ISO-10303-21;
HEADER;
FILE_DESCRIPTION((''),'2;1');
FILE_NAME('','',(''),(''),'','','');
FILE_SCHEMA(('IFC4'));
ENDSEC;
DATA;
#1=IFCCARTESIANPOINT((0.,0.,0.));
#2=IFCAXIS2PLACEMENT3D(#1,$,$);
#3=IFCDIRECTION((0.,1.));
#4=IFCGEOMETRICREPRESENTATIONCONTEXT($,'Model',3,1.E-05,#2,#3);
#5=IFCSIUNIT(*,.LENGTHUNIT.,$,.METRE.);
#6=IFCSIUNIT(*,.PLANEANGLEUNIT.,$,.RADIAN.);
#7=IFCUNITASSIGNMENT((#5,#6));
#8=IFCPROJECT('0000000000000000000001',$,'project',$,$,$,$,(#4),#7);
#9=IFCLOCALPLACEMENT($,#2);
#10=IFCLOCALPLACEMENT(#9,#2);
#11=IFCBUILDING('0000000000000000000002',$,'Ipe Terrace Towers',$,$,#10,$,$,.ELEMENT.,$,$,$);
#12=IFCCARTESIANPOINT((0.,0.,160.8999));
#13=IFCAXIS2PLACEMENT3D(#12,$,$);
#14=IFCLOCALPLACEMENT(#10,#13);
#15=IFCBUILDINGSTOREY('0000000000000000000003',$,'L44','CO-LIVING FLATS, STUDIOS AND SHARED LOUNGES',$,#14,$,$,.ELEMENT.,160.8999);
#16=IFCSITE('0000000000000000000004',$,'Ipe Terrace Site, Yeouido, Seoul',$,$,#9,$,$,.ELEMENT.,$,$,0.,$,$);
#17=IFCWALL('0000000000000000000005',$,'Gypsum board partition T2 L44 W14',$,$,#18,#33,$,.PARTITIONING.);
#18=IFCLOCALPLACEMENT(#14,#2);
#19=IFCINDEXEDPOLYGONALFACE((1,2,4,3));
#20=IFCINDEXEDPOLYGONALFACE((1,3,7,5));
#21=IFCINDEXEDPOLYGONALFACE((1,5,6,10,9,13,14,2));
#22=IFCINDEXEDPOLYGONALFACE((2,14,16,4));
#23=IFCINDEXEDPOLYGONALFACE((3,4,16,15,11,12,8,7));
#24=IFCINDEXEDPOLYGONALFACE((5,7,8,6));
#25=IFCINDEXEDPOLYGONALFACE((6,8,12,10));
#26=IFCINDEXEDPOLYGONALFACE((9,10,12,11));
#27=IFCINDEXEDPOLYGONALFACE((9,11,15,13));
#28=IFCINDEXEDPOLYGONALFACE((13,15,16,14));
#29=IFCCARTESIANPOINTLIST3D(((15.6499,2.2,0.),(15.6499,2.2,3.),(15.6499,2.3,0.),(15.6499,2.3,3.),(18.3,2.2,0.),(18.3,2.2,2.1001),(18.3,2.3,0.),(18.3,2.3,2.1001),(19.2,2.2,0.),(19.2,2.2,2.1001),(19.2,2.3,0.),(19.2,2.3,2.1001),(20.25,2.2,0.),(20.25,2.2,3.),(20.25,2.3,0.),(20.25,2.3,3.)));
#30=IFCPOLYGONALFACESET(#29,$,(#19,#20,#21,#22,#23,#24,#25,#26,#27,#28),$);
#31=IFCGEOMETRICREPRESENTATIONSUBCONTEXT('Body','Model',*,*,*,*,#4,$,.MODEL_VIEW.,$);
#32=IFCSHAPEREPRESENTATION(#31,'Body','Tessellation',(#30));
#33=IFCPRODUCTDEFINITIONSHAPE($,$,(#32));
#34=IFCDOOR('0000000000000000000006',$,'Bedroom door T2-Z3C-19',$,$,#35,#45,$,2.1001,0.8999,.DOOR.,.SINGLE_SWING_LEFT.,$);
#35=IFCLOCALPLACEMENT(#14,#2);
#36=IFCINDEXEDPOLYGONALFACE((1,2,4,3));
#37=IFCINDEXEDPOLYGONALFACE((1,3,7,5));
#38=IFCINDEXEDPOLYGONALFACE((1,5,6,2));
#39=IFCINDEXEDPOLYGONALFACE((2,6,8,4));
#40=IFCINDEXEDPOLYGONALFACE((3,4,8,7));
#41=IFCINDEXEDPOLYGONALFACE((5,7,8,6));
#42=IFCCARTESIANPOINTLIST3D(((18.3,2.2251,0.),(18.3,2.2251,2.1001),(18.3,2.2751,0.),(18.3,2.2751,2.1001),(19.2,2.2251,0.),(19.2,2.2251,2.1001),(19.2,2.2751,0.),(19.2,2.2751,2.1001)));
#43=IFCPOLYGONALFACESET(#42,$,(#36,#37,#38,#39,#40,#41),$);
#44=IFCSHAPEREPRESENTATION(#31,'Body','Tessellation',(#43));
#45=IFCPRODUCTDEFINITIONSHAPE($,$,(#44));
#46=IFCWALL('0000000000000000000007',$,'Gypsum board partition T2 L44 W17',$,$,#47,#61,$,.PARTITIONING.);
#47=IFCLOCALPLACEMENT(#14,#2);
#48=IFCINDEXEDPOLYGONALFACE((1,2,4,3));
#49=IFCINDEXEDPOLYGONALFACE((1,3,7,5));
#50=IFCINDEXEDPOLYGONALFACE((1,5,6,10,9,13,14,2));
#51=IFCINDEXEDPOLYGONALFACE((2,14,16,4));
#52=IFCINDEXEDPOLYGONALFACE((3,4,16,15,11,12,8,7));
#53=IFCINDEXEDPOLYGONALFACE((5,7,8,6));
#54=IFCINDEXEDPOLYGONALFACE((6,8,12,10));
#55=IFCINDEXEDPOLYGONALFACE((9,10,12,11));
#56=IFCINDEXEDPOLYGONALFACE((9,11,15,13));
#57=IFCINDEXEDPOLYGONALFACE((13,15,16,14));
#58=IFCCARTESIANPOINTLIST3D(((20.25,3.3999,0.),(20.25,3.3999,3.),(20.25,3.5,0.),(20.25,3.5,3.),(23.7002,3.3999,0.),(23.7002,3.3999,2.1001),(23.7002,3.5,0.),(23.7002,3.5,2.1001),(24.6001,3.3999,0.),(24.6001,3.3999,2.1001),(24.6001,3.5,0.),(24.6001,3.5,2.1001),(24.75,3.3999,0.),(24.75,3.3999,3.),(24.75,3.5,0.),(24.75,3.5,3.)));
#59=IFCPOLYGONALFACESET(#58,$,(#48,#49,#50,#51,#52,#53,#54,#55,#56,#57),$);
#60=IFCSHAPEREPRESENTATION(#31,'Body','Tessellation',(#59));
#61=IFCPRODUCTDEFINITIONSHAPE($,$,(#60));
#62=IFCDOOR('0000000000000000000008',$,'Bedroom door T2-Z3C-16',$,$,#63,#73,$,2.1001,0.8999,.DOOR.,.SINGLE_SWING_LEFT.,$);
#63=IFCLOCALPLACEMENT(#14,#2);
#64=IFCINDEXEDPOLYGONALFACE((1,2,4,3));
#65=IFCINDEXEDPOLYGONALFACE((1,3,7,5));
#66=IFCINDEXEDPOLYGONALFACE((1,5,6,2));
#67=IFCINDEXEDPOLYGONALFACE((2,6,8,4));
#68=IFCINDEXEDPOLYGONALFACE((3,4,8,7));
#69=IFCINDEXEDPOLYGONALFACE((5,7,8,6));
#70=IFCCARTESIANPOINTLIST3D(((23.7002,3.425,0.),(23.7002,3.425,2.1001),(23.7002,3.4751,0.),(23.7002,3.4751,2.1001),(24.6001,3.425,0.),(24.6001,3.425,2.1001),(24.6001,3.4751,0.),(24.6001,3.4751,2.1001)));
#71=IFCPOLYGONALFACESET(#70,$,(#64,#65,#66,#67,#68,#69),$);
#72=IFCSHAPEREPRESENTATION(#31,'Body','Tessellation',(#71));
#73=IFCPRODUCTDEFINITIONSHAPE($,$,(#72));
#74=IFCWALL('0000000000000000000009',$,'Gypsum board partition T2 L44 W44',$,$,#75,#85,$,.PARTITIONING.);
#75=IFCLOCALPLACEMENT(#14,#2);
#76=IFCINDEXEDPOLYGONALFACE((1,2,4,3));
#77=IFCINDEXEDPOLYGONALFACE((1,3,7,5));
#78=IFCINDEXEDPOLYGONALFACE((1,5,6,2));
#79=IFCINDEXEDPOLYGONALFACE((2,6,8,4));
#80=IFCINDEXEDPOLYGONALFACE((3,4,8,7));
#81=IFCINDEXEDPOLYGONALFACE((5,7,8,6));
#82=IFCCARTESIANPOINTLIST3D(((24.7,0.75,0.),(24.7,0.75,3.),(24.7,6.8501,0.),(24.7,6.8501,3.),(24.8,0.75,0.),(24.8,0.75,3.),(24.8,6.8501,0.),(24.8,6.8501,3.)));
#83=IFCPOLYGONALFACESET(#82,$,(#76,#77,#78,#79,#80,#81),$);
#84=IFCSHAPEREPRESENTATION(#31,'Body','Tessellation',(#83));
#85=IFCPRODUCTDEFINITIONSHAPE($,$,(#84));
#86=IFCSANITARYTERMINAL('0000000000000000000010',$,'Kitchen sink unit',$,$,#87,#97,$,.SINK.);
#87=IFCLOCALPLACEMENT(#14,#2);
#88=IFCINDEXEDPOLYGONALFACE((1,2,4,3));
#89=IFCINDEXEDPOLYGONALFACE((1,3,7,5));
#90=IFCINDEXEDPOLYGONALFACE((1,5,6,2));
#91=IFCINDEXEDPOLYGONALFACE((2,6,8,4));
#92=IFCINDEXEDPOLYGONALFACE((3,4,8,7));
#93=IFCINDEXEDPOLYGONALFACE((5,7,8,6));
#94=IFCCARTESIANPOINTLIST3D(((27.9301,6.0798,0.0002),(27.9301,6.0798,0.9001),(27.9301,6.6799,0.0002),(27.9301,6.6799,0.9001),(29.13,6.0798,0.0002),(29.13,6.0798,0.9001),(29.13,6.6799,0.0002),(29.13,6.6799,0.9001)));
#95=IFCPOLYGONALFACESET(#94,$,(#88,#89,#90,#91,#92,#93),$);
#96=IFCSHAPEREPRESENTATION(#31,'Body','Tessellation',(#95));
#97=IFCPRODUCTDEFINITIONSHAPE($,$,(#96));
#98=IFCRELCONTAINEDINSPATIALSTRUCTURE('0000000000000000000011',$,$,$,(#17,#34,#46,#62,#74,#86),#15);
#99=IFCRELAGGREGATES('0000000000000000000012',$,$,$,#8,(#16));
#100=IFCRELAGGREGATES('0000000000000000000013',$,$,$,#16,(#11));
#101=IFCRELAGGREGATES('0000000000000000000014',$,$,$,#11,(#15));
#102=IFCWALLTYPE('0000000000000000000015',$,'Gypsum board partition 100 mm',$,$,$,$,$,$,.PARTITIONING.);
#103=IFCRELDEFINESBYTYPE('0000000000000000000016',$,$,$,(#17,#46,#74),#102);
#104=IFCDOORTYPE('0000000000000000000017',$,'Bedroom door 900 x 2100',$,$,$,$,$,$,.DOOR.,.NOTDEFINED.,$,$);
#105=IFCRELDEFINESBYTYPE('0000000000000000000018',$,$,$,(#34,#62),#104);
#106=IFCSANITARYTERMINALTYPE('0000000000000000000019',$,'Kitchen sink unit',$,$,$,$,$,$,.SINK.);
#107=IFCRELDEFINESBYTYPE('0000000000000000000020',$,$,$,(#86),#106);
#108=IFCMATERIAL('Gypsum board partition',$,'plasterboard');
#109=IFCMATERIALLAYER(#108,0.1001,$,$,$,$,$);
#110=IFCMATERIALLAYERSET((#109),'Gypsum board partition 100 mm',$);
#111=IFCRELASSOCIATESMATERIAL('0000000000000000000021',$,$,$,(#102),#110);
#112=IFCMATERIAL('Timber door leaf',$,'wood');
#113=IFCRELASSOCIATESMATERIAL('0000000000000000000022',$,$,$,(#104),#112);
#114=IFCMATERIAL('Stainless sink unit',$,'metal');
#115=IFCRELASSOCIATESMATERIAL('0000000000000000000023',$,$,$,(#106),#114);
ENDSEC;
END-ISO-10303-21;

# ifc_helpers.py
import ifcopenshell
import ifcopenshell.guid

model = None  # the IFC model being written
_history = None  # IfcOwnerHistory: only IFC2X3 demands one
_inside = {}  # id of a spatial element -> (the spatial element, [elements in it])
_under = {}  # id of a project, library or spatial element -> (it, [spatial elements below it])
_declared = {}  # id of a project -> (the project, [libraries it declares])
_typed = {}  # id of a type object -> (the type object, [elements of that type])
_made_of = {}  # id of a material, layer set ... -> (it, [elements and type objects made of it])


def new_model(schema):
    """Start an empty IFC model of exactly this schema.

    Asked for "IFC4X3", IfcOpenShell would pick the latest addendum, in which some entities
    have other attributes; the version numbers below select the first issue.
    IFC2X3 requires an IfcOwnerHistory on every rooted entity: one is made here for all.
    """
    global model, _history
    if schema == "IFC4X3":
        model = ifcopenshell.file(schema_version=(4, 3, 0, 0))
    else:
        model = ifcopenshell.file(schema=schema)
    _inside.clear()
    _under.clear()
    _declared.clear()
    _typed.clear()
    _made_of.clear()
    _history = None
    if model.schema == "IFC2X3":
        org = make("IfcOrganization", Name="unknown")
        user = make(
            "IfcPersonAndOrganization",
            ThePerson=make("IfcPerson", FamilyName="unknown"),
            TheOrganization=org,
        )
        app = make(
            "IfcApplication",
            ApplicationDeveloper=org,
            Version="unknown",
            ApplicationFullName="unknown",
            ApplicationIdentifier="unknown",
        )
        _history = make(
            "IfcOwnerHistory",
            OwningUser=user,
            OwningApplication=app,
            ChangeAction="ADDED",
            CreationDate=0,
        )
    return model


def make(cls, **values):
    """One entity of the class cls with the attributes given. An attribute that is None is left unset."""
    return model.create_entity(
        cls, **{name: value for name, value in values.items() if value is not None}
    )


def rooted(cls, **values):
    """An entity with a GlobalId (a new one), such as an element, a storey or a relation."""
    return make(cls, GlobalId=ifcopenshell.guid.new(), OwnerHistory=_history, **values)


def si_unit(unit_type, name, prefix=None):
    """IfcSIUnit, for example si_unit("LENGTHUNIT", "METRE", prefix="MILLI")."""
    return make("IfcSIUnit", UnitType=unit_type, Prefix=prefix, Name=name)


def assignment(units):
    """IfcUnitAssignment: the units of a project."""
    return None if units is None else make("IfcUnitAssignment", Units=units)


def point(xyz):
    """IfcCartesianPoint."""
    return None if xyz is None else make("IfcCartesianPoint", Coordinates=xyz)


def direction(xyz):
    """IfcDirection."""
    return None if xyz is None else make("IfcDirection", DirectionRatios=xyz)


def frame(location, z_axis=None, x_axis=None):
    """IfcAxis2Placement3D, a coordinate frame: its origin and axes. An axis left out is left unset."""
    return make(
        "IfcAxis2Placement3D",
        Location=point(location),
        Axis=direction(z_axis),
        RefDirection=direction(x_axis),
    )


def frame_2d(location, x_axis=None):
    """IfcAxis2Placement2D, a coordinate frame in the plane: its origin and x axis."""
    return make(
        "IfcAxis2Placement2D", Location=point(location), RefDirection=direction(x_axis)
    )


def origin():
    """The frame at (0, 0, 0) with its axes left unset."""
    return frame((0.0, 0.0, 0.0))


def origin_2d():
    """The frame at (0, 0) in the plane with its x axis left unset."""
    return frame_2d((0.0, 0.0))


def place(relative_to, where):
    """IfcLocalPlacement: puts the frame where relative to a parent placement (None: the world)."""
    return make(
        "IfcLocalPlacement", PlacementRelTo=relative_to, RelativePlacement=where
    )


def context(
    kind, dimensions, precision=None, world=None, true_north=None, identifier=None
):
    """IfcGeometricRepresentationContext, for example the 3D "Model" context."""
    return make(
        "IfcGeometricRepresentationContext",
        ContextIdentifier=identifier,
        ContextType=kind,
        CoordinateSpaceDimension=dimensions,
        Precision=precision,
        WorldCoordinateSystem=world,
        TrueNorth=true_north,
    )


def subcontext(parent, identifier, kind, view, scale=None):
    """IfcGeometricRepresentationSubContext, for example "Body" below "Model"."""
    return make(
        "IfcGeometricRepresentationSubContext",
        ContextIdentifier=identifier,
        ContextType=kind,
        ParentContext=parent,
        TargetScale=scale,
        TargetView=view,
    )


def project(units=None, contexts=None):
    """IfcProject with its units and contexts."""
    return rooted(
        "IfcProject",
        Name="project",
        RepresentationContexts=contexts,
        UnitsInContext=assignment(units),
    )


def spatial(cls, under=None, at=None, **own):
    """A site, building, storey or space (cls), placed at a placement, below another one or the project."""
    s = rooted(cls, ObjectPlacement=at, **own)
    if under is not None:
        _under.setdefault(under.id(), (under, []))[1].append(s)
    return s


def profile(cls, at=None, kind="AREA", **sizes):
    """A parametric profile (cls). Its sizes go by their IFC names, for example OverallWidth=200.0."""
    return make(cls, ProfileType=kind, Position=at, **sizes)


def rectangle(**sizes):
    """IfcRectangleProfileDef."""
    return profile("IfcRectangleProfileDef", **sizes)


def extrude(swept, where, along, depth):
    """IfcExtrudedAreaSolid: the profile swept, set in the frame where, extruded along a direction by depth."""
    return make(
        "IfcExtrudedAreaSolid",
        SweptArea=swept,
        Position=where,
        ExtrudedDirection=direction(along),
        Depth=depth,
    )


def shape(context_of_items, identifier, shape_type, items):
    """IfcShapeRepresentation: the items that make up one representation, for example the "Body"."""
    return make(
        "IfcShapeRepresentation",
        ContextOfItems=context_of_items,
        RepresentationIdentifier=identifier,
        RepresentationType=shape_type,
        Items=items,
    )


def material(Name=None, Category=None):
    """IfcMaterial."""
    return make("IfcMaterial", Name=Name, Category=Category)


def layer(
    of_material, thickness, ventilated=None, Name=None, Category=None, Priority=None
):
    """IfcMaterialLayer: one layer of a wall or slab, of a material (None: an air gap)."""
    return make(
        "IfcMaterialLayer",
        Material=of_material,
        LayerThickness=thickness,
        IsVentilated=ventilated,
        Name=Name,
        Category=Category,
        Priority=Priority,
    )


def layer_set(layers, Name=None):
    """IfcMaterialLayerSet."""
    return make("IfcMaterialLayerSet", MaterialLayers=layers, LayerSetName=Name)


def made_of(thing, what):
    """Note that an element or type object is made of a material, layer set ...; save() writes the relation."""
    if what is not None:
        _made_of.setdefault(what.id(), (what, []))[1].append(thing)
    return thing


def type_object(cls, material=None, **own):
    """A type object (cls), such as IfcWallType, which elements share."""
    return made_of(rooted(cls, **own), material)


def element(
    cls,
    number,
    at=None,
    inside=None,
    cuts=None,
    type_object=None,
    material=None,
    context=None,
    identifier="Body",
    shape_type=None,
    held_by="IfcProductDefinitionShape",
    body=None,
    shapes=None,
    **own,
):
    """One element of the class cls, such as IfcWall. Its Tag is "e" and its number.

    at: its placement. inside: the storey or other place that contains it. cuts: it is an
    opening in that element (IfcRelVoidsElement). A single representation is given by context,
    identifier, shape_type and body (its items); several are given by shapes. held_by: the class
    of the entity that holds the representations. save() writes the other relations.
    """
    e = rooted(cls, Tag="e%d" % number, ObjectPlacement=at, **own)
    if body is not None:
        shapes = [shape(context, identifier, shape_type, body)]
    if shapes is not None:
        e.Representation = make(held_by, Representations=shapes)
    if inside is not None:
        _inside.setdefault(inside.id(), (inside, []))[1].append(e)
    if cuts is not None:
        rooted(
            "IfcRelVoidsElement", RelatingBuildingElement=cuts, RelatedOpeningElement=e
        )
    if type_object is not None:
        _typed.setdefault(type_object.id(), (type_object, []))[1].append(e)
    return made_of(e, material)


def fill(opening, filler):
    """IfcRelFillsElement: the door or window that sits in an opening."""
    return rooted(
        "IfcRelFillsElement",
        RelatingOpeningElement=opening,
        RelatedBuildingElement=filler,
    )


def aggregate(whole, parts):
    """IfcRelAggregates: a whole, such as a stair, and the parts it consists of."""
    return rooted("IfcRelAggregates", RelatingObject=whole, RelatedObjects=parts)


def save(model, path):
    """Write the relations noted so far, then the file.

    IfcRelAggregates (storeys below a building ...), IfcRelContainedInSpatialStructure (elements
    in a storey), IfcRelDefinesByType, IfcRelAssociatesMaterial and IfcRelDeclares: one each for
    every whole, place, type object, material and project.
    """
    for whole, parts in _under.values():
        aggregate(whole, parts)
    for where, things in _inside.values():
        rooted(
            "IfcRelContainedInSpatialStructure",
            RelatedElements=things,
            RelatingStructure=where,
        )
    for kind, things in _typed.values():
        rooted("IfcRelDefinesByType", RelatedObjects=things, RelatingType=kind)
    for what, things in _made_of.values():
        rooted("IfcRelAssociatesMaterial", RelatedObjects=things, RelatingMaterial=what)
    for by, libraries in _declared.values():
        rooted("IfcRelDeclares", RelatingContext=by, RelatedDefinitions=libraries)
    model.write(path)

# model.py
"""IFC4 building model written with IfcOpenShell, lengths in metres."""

from ifc_helpers import new_model, si_unit, direction, frame, frame_2d, origin, origin_2d, place, context, subcontext, project, spatial, rectangle, extrude, material, layer, layer_set, type_object, element, fill, save


model = new_model("IFC4")

# Units and contexts
model_context = context("Model", 3, precision=1e-05, world=origin(), true_north=direction((0.0, 1.0)))
body_context = subcontext(model_context, "Body", "Model", "MODEL_VIEW")
ifc_project = project(units=[si_unit("LENGTHUNIT", "METRE"), si_unit("PLANEANGLEUNIT", "RADIAN")], contexts=[model_context])

# Site, building, storey
site_placement = place(None, origin())
site = spatial("IfcSite", under=ifc_project, at=site_placement, Name="Ipe Terrace Site, Yeouido, Seoul", CompositionType="ELEMENT", RefElevation=0.0)
building_placement = place(site_placement, origin())
building = spatial("IfcBuilding", under=site, at=building_placement, Name="Ipe Terrace Towers", CompositionType="ELEMENT")
storey_placement = place(building_placement, frame((0.0, 0.0, 160.8999)))
storey = spatial("IfcBuildingStorey", under=building, at=storey_placement, Name="L44", Description="CO-LIVING FLATS, STUDIOS AND SHARED LOUNGES", CompositionType="ELEMENT", Elevation=160.8999)

# Walls, openings, doors
ifc_material_1 = material(Name="Gypsum board partition", Category="plasterboard")
ifc_layer_1 = layer(ifc_material_1, 0.1001)
ifc_layer_set_1 = layer_set([ifc_layer_1], Name="Gypsum board partition 100 mm")
wall_type_1 = type_object("IfcWallType", Name="Gypsum board partition 100 mm", PredefinedType="PARTITIONING", material=ifc_layer_set_1)
wall_1_placement = place(storey_placement, frame((20.25, 2.25, 0.0), z_axis=(0.0, 0.0, 1.0), x_axis=(-1.0, 0.0, 0.0)))
wall_1 = element("IfcWall", 1, at=wall_1_placement, inside=storey, type_object=wall_type_1, Name="Gypsum board partition T2 L44 W14", PredefinedType="PARTITIONING", context=body_context, shape_type="SweptSolid", body=[
    extrude(rectangle(XDim=4.6001, YDim=0.1001, at=frame_2d((2.3, 0.0))), origin(), (0.0, 0.0, 1.0), 3.0),
])
opening_1_placement = place(wall_1_placement, frame((1.05, 0.0, 0.0)))
opening_1 = element("IfcOpeningElement", 2, at=opening_1_placement, cuts=wall_1, PredefinedType="OPENING", context=body_context, shape_type="SweptSolid", body=[
    extrude(rectangle(XDim=0.8999, YDim=2.1001, at=frame_2d((0.45, 1.05))), frame((0.0, 0.0601, 0.0), z_axis=(0.0, -1.0, 0.0), x_axis=(1.0, 0.0, 0.0)), (0.0, 0.0, 1.0), 0.1201),
])
ifc_material_2 = material(Name="Timber door leaf", Category="wood")
door_type = type_object("IfcDoorType", Name="Bedroom door 900 x 2100", OperationType="NOTDEFINED", PredefinedType="DOOR", material=ifc_material_2)
door_1_placement = place(opening_1_placement, origin())
door_1 = element("IfcDoor", 3, at=door_1_placement, inside=storey, type_object=door_type, Name="Bedroom door T2-Z3C-19", OperationType="SINGLE_SWING_LEFT", OverallHeight=2.1001, OverallWidth=0.8999, PredefinedType="DOOR", context=body_context, shape_type="SweptSolid", body=[
    extrude(rectangle(XDim=0.8999, YDim=2.1001, at=frame_2d((0.45, 1.05))), frame((0.0, 0.0249, 0.0), z_axis=(0.0, -1.0, 0.0), x_axis=(1.0, 0.0, 0.0)), (0.0, 0.0, 1.0), 0.05),
])
fill(opening_1, door_1)
wall_2_placement = place(storey_placement, frame((24.75, 3.45, 0.0), z_axis=(0.0, 0.0, 1.0), x_axis=(-1.0, 0.0, 0.0)))
wall_2 = element("IfcWall", 4, at=wall_2_placement, inside=storey, type_object=wall_type_1, Name="Gypsum board partition T2 L44 W17", PredefinedType="PARTITIONING", context=body_context, shape_type="SweptSolid", body=[
    extrude(rectangle(XDim=4.5, YDim=0.1001, at=frame_2d((2.25, 0.0))), origin(), (0.0, 0.0, 1.0), 3.0),
])
opening_2_placement = place(wall_2_placement, frame((0.1499, 0.0, 0.0)))
opening_2 = element("IfcOpeningElement", 5, at=opening_2_placement, cuts=wall_2, PredefinedType="OPENING", context=body_context, shape_type="SweptSolid", body=[
    extrude(rectangle(XDim=0.8999, YDim=2.1001, at=frame_2d((0.45, 1.05))), frame((0.0, 0.0601, 0.0), z_axis=(0.0, -1.0, 0.0), x_axis=(1.0, 0.0, 0.0)), (0.0, 0.0, 1.0), 0.1201),
])
door_2_placement = place(opening_2_placement, origin())
door_2 = element("IfcDoor", 6, at=door_2_placement, inside=storey, type_object=door_type, Name="Bedroom door T2-Z3C-16", OperationType="SINGLE_SWING_LEFT", OverallHeight=2.1001, OverallWidth=0.8999, PredefinedType="DOOR", context=body_context, shape_type="SweptSolid", body=[
    extrude(rectangle(XDim=0.8999, YDim=2.1001, at=frame_2d((0.45, 1.05))), frame((0.0, 0.0249, 0.0), z_axis=(0.0, -1.0, 0.0), x_axis=(1.0, 0.0, 0.0)), (0.0, 0.0, 1.0), 0.05),
])
fill(opening_2, door_2)

# Wall
wall_3_placement = place(storey_placement, frame((24.75, 0.75, 0.0), z_axis=(0.0, 0.0, 1.0), x_axis=(0.0, 1.0, 0.0)))
element("IfcWall", 7, at=wall_3_placement, inside=storey, type_object=wall_type_1, Name="Gypsum board partition T2 L44 W44", PredefinedType="PARTITIONING", context=body_context, shape_type="SweptSolid", body=[
    extrude(rectangle(XDim=6.1001, YDim=0.1001, at=frame_2d((3.05, 0.0))), origin(), (0.0, 0.0, 1.0), 3.0),
])

# Sanitary terminal
ifc_material_3 = material(Name="Stainless sink unit", Category="metal")
sanitary_terminal_type = type_object("IfcSanitaryTerminalType", Name="Kitchen sink unit", PredefinedType="SINK", material=ifc_material_3)
sanitary_terminal_placement = place(storey_placement, frame((28.53, 6.3799, 0.0002), z_axis=(0.0, 0.0, 1.0), x_axis=(1.0, 0.0, 0.0)))
element("IfcSanitaryTerminal", 8, at=sanitary_terminal_placement, inside=storey, type_object=sanitary_terminal_type, Name="Kitchen sink unit", PredefinedType="SINK", context=body_context, shape_type="SweptSolid", body=[
    extrude(rectangle(XDim=1.2, YDim=0.6001, at=origin_2d()), origin(), (0.0, 0.0, 1.0), 0.8999),
])

save(model, "model.ifc")
